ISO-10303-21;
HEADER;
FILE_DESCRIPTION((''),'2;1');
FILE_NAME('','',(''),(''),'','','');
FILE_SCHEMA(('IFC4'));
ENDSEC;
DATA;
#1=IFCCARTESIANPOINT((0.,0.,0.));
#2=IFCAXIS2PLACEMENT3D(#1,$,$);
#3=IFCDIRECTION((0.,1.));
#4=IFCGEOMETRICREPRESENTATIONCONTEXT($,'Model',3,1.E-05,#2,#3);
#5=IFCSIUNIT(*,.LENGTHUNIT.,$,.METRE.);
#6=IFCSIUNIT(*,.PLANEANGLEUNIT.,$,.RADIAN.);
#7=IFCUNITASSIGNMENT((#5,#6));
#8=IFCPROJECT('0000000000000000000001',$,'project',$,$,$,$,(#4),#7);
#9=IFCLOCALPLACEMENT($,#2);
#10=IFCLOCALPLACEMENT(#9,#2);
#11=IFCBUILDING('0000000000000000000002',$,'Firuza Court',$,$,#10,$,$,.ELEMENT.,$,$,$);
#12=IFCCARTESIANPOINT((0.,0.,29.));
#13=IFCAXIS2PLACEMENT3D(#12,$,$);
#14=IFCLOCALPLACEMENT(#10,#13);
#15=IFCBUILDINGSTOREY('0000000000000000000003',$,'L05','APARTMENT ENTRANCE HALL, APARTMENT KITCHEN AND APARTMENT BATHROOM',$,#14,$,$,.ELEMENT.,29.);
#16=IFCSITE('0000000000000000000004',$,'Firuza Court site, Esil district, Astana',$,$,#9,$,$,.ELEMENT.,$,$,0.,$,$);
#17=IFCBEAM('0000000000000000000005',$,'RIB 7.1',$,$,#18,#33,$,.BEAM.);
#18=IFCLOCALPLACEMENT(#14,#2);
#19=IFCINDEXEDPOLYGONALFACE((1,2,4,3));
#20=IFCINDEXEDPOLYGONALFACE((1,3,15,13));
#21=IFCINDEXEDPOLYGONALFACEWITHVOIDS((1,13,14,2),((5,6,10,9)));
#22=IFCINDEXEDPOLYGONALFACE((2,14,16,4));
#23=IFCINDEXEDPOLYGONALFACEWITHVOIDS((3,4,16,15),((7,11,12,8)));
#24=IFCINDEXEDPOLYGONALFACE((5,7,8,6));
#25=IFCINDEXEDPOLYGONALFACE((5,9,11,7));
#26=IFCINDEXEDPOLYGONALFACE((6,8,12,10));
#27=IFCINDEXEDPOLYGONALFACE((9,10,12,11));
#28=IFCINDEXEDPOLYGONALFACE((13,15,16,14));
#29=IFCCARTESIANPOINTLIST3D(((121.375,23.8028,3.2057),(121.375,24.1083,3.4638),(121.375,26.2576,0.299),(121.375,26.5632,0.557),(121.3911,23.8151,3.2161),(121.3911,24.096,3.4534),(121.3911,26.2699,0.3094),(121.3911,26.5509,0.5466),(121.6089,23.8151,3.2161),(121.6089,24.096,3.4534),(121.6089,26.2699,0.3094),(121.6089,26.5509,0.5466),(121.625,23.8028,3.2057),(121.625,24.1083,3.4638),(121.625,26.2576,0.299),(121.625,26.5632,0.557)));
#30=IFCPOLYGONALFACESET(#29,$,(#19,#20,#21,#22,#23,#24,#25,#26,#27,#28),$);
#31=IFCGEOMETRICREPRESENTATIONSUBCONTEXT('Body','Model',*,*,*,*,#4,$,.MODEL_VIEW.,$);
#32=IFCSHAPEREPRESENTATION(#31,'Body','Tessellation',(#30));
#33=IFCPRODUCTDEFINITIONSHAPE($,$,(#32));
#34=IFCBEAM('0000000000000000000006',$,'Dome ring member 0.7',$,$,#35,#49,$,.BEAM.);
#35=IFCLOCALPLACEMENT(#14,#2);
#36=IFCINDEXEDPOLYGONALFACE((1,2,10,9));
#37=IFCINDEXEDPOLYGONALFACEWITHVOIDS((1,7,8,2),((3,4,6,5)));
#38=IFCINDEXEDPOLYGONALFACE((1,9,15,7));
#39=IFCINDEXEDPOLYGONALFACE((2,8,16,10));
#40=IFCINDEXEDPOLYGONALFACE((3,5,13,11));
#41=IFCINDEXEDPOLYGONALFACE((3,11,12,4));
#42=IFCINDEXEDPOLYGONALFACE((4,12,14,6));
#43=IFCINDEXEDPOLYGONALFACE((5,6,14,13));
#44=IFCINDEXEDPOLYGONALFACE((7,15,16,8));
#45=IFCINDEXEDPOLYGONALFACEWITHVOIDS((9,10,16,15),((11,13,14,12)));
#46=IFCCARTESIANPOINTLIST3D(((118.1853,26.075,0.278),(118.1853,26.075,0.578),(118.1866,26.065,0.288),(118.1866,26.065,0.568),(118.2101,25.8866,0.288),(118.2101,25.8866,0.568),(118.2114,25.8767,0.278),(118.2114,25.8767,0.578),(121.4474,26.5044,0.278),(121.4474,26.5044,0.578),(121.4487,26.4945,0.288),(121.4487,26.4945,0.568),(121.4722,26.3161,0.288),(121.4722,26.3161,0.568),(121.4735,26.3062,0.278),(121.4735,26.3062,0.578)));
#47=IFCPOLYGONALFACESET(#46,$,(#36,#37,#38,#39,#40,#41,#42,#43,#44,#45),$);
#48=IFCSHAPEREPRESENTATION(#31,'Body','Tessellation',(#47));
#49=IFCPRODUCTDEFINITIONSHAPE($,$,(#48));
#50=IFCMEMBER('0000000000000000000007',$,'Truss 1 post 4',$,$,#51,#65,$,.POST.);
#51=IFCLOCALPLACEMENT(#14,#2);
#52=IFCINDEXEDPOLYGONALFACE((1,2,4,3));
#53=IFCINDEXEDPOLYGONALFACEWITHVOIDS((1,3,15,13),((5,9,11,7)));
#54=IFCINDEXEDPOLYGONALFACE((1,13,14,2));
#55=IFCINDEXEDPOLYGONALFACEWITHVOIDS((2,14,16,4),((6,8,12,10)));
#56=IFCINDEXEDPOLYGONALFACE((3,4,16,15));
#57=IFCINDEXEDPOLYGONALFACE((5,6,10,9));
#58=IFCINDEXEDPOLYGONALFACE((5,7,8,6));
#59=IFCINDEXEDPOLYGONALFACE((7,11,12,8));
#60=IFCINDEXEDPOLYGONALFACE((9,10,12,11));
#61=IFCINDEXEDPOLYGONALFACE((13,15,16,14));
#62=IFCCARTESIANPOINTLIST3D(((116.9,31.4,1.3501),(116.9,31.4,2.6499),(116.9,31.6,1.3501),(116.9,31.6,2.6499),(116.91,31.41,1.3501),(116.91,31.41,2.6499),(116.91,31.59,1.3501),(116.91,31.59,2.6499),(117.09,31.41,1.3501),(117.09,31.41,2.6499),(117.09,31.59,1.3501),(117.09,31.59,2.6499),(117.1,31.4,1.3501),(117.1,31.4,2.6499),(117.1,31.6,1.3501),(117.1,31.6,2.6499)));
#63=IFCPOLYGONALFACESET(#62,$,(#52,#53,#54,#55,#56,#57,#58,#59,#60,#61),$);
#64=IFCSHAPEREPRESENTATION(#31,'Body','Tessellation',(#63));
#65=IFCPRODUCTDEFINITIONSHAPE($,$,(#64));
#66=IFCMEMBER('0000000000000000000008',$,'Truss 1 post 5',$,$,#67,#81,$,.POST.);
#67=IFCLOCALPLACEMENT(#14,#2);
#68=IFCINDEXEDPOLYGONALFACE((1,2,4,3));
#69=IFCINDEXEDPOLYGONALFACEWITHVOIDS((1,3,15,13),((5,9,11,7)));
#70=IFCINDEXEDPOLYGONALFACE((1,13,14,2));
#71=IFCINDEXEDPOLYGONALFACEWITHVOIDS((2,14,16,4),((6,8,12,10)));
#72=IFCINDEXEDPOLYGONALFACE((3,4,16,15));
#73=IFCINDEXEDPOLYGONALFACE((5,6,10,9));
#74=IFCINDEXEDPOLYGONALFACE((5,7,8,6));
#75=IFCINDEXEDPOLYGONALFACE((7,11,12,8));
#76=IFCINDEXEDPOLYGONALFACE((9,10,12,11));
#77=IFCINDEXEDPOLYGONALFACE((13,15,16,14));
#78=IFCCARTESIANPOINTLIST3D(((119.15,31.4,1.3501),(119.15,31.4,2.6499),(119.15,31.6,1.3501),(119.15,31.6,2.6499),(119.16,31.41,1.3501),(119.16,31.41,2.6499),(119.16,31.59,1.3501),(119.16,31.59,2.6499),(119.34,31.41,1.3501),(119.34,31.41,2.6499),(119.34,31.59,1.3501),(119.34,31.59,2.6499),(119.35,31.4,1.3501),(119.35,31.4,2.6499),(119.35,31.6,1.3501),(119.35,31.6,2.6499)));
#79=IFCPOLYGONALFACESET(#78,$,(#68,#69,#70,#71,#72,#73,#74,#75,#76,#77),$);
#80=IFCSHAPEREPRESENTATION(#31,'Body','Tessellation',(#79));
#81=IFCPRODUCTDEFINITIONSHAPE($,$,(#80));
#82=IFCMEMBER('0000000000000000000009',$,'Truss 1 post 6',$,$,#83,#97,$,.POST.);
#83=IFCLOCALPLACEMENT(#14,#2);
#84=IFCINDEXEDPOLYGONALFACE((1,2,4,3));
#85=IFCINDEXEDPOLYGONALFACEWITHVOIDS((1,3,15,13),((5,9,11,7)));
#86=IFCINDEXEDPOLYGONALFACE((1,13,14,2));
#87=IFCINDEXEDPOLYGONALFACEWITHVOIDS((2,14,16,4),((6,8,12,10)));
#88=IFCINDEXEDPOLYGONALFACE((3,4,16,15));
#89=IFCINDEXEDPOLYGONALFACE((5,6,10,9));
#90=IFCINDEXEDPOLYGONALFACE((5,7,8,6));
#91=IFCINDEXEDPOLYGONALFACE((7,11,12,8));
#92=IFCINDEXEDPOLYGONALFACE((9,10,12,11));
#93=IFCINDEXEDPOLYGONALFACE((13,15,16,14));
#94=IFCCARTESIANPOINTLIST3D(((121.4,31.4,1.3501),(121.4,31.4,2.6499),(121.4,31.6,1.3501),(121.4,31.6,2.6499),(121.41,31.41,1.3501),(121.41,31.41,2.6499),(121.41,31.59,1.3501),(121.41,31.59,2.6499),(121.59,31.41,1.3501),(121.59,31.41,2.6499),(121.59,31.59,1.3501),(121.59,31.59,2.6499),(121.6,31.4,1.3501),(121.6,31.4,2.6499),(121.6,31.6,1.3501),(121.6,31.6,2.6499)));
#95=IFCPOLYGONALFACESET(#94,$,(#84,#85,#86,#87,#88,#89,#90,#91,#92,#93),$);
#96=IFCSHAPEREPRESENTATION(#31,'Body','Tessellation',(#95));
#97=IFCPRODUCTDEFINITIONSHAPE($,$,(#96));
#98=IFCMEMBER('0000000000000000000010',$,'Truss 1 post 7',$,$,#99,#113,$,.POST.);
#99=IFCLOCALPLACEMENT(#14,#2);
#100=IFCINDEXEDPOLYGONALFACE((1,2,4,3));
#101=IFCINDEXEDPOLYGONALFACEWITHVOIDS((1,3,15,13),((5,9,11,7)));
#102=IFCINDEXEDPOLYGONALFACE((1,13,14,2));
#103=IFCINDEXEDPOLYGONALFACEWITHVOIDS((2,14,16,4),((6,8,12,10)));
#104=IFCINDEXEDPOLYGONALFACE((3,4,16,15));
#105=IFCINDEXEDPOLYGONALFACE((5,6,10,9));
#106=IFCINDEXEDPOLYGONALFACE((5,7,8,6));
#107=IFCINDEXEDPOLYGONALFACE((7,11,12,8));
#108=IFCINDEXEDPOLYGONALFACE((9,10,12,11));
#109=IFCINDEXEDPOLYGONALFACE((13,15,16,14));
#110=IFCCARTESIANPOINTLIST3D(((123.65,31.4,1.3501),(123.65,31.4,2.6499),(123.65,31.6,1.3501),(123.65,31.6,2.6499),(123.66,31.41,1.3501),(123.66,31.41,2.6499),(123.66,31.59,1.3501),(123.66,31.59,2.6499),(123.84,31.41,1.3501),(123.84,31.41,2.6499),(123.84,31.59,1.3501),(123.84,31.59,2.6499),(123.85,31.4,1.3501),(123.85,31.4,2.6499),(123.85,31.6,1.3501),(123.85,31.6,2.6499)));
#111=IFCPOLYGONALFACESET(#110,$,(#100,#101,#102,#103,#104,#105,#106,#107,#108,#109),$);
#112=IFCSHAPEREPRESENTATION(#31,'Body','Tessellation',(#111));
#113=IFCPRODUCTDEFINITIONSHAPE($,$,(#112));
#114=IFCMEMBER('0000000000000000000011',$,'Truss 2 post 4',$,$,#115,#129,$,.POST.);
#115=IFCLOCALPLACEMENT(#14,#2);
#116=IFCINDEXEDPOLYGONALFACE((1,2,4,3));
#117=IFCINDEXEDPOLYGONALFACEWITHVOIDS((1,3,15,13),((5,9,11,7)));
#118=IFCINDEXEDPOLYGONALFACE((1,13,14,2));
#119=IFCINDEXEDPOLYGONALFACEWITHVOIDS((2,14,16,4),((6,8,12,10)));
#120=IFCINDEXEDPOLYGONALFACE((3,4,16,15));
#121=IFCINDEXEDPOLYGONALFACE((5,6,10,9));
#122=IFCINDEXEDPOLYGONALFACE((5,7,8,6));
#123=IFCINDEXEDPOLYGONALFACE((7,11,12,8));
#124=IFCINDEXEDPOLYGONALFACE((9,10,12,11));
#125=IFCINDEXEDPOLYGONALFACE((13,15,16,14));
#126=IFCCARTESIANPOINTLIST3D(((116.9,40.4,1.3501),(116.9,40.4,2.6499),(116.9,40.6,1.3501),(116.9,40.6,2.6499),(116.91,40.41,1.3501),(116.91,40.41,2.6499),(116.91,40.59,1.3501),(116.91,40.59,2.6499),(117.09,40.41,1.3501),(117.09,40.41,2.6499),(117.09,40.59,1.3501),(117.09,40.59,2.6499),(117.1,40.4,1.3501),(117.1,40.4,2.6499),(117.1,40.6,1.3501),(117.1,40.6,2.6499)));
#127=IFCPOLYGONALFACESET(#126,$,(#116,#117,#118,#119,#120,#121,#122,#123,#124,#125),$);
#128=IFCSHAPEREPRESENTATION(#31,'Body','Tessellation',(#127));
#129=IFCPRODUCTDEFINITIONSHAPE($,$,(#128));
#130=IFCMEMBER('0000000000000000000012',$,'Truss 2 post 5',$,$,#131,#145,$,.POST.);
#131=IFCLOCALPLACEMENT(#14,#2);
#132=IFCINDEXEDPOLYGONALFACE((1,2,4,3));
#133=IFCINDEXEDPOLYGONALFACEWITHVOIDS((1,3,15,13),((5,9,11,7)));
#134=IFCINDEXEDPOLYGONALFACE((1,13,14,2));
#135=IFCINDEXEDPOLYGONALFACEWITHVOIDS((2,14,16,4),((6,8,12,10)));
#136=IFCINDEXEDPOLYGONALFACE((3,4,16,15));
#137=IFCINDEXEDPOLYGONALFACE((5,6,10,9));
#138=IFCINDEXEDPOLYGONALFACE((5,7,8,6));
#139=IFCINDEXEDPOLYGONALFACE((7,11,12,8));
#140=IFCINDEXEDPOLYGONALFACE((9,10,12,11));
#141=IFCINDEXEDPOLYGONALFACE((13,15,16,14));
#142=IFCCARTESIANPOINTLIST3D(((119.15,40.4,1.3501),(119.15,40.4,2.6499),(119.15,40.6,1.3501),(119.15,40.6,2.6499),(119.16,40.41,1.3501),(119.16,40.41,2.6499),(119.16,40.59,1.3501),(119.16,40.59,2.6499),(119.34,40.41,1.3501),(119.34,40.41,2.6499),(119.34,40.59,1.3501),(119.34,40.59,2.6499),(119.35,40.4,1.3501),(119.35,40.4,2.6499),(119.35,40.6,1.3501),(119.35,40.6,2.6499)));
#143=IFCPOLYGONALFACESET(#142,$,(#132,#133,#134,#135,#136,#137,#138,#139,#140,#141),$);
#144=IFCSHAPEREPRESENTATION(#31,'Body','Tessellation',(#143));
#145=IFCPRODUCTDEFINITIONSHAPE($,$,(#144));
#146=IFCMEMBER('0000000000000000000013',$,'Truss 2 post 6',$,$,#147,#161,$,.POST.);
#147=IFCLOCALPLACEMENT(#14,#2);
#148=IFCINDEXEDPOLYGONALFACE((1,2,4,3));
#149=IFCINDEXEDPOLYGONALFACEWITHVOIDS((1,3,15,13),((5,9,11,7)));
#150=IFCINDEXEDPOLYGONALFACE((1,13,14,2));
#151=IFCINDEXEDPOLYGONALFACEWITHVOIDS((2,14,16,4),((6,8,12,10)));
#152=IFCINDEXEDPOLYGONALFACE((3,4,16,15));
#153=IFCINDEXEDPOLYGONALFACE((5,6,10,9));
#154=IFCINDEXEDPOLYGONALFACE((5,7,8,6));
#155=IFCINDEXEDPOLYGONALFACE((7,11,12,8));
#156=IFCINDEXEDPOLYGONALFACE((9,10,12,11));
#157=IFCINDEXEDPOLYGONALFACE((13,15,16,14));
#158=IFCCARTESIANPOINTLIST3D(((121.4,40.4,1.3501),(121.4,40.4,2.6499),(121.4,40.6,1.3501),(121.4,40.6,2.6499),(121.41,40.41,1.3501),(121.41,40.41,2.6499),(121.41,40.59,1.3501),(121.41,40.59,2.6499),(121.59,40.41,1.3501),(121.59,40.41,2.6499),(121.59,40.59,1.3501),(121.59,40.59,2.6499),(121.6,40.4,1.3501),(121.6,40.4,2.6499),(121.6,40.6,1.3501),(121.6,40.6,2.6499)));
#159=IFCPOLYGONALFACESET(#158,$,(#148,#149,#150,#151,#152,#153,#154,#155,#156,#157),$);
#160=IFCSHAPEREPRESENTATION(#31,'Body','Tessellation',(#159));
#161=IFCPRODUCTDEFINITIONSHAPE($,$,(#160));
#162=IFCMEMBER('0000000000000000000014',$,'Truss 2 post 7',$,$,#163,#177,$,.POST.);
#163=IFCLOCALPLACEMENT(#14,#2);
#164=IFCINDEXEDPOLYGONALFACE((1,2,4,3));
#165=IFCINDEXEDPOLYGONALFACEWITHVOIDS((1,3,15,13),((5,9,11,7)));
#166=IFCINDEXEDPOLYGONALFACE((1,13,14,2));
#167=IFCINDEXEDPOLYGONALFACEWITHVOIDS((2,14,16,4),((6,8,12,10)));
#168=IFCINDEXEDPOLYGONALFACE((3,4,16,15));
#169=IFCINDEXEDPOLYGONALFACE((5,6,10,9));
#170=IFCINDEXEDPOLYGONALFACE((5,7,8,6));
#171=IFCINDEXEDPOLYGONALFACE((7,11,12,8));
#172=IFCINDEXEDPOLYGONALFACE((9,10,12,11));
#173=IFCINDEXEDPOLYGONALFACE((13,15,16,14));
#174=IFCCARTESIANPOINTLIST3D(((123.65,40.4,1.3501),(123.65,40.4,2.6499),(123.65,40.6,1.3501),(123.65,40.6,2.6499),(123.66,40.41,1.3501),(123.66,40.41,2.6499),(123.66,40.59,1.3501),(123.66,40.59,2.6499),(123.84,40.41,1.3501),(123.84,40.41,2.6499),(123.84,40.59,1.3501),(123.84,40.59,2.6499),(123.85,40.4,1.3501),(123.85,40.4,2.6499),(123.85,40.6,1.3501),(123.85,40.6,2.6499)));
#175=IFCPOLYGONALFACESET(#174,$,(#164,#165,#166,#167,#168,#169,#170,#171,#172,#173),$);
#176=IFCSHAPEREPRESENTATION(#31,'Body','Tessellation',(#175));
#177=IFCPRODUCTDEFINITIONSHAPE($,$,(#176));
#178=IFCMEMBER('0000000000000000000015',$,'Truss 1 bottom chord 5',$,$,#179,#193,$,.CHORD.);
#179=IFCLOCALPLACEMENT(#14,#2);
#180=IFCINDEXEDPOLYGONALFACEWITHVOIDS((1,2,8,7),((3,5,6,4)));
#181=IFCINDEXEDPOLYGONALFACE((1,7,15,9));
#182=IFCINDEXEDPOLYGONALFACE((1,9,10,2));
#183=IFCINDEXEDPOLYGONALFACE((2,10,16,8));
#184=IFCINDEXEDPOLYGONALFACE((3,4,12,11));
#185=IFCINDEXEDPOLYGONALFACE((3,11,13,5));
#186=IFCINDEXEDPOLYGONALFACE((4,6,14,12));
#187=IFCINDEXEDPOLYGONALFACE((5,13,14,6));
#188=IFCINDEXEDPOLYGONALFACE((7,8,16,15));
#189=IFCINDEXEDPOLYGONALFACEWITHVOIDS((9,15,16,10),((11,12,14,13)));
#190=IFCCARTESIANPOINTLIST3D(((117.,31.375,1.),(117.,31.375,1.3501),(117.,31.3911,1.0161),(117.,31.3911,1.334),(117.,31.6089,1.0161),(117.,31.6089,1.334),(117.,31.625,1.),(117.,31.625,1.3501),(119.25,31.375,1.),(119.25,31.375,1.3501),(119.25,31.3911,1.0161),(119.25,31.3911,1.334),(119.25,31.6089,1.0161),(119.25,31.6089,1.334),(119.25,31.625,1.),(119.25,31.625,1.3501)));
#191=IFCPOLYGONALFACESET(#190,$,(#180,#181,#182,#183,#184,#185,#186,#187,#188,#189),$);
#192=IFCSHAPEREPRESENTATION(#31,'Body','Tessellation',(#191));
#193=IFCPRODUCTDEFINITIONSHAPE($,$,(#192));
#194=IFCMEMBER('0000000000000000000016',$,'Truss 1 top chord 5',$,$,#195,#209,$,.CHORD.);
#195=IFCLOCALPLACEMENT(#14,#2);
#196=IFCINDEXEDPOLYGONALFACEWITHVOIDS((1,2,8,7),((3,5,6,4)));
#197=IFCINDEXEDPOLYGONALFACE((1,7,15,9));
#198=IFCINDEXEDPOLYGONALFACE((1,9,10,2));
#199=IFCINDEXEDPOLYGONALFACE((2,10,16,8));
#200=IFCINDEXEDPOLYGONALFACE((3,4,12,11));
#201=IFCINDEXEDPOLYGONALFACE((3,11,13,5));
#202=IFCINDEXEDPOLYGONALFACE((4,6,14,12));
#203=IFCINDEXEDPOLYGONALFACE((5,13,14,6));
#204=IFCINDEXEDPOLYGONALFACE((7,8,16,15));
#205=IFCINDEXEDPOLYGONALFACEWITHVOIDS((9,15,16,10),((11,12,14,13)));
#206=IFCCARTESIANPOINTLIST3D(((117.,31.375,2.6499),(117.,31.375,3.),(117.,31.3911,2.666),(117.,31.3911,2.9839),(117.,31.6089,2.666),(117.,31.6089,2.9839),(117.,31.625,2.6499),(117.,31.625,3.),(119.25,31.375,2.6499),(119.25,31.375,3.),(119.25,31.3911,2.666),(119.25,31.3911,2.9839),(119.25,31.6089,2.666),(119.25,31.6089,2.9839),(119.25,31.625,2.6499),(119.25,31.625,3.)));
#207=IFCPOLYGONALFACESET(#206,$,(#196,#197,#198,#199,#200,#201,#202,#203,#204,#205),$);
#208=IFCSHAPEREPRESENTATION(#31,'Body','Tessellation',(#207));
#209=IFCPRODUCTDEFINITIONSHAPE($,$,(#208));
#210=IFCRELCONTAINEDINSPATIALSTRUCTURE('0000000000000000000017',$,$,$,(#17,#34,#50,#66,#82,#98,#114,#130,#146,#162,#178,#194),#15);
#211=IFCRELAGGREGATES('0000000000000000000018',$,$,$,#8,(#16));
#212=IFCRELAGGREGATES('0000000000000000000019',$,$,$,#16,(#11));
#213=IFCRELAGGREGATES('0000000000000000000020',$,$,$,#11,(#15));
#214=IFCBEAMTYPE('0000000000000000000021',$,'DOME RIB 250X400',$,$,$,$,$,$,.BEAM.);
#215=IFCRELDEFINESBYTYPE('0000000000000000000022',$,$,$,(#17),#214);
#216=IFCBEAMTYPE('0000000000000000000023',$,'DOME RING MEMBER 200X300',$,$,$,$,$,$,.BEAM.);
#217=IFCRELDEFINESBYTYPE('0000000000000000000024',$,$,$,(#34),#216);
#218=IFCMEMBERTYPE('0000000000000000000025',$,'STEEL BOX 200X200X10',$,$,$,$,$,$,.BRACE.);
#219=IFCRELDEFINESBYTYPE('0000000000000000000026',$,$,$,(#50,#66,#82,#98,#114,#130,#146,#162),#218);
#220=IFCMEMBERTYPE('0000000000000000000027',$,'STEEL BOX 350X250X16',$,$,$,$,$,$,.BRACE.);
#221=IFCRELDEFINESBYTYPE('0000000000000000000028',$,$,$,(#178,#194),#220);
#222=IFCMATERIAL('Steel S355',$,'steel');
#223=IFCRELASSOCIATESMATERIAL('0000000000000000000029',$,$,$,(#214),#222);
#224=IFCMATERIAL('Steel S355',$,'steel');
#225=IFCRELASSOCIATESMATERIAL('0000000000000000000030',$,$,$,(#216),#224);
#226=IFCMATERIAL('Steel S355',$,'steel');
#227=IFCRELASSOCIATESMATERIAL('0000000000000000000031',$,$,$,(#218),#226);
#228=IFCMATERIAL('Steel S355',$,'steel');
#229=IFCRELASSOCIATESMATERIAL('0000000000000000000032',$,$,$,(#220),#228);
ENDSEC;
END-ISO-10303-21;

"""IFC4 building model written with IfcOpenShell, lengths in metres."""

from ifc_helpers import new_model, si_unit, direction, frame, origin, origin_2d, place, context, subcontext, project, spatial, hollow_rectangle, extrude, material, material_profile, profile_set, type_object, element, save


model = new_model("IFC4")

# Units and contexts
model_context = context("Model", 3, precision=1e-05, world=origin(), true_north=direction((0.0, 1.0)))
body_context = subcontext(model_context, "Body", "Model", "MODEL_VIEW")
ifc_project = project(units=[si_unit("LENGTHUNIT", "METRE"), si_unit("PLANEANGLEUNIT", "RADIAN")], contexts=[model_context])

# Site, building, storey
site_placement = place(None, origin())
site = spatial("IfcSite", under=ifc_project, at=site_placement, Name="Firuza Court site, Esil district, Astana", CompositionType="ELEMENT", RefElevation=0.0)
building_placement = place(site_placement, origin())
building = spatial("IfcBuilding", under=site, at=building_placement, Name="Firuza Court", CompositionType="ELEMENT")
storey_placement = place(building_placement, frame((0.0, 0.0, 29.0)))
storey = spatial("IfcBuildingStorey", under=building, at=storey_placement, Name="L05", Description="APARTMENT ENTRANCE HALL, APARTMENT KITCHEN AND APARTMENT BATHROOM", CompositionType="ELEMENT", Elevation=29.0)

# Beams
ifc_material_1 = material(Name="Steel S355", Category="steel")
ifc_material_profile_1 = material_profile(ifc_material_1, hollow_rectangle(XDim=0.25, YDim=0.3999, WallThickness=0.0161, at=origin_2d()), Name="RHS 400X250X16")
ifc_profile_set_1 = profile_set([ifc_material_profile_1], Name="Steel S355")
beam_type_1 = type_object("IfcBeamType", Name="DOME RIB 250X400", PredefinedType="BEAM", material=ifc_profile_set_1)
beam_1_placement = place(storey_placement, frame((121.5, 26.4104, 0.428), z_axis=(0.0, -0.64522, 0.763997), x_axis=(1.0, 0.0, 0.0)))
element("IfcBeam", 1, at=beam_1_placement, inside=storey, type_object=beam_type_1, Name="RIB 7.1", PredefinedType="BEAM", context=body_context, shape_type="SweptSolid", body=[
    extrude(hollow_rectangle(XDim=0.25, YDim=0.3999, WallThickness=0.0161, at=origin_2d()), origin(), (0.0, 0.0, 1.0), 3.8047),
])
ifc_material_2 = material(Name="Steel S355", Category="steel")
ifc_material_profile_2 = material_profile(ifc_material_2, hollow_rectangle(XDim=0.2, YDim=0.3, WallThickness=0.01, at=origin_2d()), Name="RHS 300X200X10")
ifc_profile_set_2 = profile_set([ifc_material_profile_2], Name="Steel S355")
beam_type_2 = type_object("IfcBeamType", Name="DOME RING MEMBER 200X300", PredefinedType="BEAM", material=ifc_profile_set_2)
beam_2_placement = place(storey_placement, frame((121.4604, 26.4053, 0.428), z_axis=(-0.991446, -0.130516, 0.0), x_axis=(0.130516, -0.991446, 0.0)))
element("IfcBeam", 2, at=beam_2_placement, inside=storey, type_object=beam_type_2, Name="Dome ring member 0.7", PredefinedType="BEAM", context=body_context, shape_type="SweptSolid", body=[
    extrude(hollow_rectangle(XDim=0.2, YDim=0.3, WallThickness=0.01, at=origin_2d()), origin(), (0.0, 0.0, 1.0), 3.2903),
])

# Members
ifc_material_3 = material(Name="Steel S355", Category="steel")
ifc_material_profile_3 = material_profile(ifc_material_3, hollow_rectangle(XDim=0.2, YDim=0.2, WallThickness=0.01, at=origin_2d()), Name="RHS 200X200X10")
ifc_profile_set_3 = profile_set([ifc_material_profile_3], Name="Steel S355")
member_type_1 = type_object("IfcMemberType", Name="STEEL BOX 200X200X10", PredefinedType="BRACE", material=ifc_profile_set_3)
for number, where, z_axis, x_axis, name in (
    (3, (117.0, 31.5, 1.3501), (0.0, 0.0, 1.0), (1.0, 0.0, 0.0), "Truss 1 post 4"),
    (4, (119.25, 31.5, 1.3501), (0.0, 0.0, 1.0), (1.0, 0.0, 0.0), "Truss 1 post 5"),
    (5, (121.5, 31.5, 1.3501), (0.0, 0.0, 1.0), (1.0, 0.0, 0.0), "Truss 1 post 6"),
    (6, (123.75, 31.5, 1.3501), (0.0, 0.0, 1.0), (1.0, 0.0, 0.0), "Truss 1 post 7"),
    (7, (117.0, 40.5, 1.3501), (0.0, 0.0, 1.0), (1.0, 0.0, 0.0), "Truss 2 post 4"),
    (8, (119.25, 40.5, 1.3501), (0.0, 0.0, 1.0), (1.0, 0.0, 0.0), "Truss 2 post 5"),
    (9, (121.5, 40.5, 1.3501), (0.0, 0.0, 1.0), (1.0, 0.0, 0.0), "Truss 2 post 6"),
    (10, (123.75, 40.5, 1.3501), (0.0, 0.0, 1.0), (1.0, 0.0, 0.0), "Truss 2 post 7"),
):
    element("IfcMember", number, at=place(storey_placement, frame(where, z_axis=z_axis, x_axis=x_axis)), inside=storey, type_object=member_type_1, Name=name, PredefinedType="POST", context=body_context, shape_type="SweptSolid", body=[
        extrude(hollow_rectangle(XDim=0.2, YDim=0.2, WallThickness=0.01, at=origin_2d()), origin(), (0.0, 0.0, 1.0), 1.2998),
    ])
ifc_material_4 = material(Name="Steel S355", Category="steel")
ifc_material_profile_4 = material_profile(ifc_material_4, hollow_rectangle(XDim=0.25, YDim=0.3501, WallThickness=0.0161, at=origin_2d()), Name="RHS 350X250X16")
ifc_profile_set_4 = profile_set([ifc_material_profile_4], Name="Steel S355")
member_type_2 = type_object("IfcMemberType", Name="STEEL BOX 350X250X16", PredefinedType="BRACE", material=ifc_profile_set_4)
for number, where, z_axis, x_axis, name in (
    (11, (117.0, 31.5, 1.175), (1.0, 0.0, 0.0), (0.0, 1.0, 0.0), "Truss 1 bottom chord 5"),
    (12, (117.0, 31.5, 2.825), (1.0, 0.0, 0.0), (0.0, 1.0, 0.0), "Truss 1 top chord 5"),
):
    element("IfcMember", number, at=place(storey_placement, frame(where, z_axis=z_axis, x_axis=x_axis)), inside=storey, type_object=member_type_2, Name=name, PredefinedType="CHORD", context=body_context, shape_type="SweptSolid", body=[
        extrude(hollow_rectangle(XDim=0.25, YDim=0.3501, WallThickness=0.0161, at=origin_2d()), origin(), (0.0, 0.0, 1.0), 2.25),
    ])

save(model, "model.ifc")
